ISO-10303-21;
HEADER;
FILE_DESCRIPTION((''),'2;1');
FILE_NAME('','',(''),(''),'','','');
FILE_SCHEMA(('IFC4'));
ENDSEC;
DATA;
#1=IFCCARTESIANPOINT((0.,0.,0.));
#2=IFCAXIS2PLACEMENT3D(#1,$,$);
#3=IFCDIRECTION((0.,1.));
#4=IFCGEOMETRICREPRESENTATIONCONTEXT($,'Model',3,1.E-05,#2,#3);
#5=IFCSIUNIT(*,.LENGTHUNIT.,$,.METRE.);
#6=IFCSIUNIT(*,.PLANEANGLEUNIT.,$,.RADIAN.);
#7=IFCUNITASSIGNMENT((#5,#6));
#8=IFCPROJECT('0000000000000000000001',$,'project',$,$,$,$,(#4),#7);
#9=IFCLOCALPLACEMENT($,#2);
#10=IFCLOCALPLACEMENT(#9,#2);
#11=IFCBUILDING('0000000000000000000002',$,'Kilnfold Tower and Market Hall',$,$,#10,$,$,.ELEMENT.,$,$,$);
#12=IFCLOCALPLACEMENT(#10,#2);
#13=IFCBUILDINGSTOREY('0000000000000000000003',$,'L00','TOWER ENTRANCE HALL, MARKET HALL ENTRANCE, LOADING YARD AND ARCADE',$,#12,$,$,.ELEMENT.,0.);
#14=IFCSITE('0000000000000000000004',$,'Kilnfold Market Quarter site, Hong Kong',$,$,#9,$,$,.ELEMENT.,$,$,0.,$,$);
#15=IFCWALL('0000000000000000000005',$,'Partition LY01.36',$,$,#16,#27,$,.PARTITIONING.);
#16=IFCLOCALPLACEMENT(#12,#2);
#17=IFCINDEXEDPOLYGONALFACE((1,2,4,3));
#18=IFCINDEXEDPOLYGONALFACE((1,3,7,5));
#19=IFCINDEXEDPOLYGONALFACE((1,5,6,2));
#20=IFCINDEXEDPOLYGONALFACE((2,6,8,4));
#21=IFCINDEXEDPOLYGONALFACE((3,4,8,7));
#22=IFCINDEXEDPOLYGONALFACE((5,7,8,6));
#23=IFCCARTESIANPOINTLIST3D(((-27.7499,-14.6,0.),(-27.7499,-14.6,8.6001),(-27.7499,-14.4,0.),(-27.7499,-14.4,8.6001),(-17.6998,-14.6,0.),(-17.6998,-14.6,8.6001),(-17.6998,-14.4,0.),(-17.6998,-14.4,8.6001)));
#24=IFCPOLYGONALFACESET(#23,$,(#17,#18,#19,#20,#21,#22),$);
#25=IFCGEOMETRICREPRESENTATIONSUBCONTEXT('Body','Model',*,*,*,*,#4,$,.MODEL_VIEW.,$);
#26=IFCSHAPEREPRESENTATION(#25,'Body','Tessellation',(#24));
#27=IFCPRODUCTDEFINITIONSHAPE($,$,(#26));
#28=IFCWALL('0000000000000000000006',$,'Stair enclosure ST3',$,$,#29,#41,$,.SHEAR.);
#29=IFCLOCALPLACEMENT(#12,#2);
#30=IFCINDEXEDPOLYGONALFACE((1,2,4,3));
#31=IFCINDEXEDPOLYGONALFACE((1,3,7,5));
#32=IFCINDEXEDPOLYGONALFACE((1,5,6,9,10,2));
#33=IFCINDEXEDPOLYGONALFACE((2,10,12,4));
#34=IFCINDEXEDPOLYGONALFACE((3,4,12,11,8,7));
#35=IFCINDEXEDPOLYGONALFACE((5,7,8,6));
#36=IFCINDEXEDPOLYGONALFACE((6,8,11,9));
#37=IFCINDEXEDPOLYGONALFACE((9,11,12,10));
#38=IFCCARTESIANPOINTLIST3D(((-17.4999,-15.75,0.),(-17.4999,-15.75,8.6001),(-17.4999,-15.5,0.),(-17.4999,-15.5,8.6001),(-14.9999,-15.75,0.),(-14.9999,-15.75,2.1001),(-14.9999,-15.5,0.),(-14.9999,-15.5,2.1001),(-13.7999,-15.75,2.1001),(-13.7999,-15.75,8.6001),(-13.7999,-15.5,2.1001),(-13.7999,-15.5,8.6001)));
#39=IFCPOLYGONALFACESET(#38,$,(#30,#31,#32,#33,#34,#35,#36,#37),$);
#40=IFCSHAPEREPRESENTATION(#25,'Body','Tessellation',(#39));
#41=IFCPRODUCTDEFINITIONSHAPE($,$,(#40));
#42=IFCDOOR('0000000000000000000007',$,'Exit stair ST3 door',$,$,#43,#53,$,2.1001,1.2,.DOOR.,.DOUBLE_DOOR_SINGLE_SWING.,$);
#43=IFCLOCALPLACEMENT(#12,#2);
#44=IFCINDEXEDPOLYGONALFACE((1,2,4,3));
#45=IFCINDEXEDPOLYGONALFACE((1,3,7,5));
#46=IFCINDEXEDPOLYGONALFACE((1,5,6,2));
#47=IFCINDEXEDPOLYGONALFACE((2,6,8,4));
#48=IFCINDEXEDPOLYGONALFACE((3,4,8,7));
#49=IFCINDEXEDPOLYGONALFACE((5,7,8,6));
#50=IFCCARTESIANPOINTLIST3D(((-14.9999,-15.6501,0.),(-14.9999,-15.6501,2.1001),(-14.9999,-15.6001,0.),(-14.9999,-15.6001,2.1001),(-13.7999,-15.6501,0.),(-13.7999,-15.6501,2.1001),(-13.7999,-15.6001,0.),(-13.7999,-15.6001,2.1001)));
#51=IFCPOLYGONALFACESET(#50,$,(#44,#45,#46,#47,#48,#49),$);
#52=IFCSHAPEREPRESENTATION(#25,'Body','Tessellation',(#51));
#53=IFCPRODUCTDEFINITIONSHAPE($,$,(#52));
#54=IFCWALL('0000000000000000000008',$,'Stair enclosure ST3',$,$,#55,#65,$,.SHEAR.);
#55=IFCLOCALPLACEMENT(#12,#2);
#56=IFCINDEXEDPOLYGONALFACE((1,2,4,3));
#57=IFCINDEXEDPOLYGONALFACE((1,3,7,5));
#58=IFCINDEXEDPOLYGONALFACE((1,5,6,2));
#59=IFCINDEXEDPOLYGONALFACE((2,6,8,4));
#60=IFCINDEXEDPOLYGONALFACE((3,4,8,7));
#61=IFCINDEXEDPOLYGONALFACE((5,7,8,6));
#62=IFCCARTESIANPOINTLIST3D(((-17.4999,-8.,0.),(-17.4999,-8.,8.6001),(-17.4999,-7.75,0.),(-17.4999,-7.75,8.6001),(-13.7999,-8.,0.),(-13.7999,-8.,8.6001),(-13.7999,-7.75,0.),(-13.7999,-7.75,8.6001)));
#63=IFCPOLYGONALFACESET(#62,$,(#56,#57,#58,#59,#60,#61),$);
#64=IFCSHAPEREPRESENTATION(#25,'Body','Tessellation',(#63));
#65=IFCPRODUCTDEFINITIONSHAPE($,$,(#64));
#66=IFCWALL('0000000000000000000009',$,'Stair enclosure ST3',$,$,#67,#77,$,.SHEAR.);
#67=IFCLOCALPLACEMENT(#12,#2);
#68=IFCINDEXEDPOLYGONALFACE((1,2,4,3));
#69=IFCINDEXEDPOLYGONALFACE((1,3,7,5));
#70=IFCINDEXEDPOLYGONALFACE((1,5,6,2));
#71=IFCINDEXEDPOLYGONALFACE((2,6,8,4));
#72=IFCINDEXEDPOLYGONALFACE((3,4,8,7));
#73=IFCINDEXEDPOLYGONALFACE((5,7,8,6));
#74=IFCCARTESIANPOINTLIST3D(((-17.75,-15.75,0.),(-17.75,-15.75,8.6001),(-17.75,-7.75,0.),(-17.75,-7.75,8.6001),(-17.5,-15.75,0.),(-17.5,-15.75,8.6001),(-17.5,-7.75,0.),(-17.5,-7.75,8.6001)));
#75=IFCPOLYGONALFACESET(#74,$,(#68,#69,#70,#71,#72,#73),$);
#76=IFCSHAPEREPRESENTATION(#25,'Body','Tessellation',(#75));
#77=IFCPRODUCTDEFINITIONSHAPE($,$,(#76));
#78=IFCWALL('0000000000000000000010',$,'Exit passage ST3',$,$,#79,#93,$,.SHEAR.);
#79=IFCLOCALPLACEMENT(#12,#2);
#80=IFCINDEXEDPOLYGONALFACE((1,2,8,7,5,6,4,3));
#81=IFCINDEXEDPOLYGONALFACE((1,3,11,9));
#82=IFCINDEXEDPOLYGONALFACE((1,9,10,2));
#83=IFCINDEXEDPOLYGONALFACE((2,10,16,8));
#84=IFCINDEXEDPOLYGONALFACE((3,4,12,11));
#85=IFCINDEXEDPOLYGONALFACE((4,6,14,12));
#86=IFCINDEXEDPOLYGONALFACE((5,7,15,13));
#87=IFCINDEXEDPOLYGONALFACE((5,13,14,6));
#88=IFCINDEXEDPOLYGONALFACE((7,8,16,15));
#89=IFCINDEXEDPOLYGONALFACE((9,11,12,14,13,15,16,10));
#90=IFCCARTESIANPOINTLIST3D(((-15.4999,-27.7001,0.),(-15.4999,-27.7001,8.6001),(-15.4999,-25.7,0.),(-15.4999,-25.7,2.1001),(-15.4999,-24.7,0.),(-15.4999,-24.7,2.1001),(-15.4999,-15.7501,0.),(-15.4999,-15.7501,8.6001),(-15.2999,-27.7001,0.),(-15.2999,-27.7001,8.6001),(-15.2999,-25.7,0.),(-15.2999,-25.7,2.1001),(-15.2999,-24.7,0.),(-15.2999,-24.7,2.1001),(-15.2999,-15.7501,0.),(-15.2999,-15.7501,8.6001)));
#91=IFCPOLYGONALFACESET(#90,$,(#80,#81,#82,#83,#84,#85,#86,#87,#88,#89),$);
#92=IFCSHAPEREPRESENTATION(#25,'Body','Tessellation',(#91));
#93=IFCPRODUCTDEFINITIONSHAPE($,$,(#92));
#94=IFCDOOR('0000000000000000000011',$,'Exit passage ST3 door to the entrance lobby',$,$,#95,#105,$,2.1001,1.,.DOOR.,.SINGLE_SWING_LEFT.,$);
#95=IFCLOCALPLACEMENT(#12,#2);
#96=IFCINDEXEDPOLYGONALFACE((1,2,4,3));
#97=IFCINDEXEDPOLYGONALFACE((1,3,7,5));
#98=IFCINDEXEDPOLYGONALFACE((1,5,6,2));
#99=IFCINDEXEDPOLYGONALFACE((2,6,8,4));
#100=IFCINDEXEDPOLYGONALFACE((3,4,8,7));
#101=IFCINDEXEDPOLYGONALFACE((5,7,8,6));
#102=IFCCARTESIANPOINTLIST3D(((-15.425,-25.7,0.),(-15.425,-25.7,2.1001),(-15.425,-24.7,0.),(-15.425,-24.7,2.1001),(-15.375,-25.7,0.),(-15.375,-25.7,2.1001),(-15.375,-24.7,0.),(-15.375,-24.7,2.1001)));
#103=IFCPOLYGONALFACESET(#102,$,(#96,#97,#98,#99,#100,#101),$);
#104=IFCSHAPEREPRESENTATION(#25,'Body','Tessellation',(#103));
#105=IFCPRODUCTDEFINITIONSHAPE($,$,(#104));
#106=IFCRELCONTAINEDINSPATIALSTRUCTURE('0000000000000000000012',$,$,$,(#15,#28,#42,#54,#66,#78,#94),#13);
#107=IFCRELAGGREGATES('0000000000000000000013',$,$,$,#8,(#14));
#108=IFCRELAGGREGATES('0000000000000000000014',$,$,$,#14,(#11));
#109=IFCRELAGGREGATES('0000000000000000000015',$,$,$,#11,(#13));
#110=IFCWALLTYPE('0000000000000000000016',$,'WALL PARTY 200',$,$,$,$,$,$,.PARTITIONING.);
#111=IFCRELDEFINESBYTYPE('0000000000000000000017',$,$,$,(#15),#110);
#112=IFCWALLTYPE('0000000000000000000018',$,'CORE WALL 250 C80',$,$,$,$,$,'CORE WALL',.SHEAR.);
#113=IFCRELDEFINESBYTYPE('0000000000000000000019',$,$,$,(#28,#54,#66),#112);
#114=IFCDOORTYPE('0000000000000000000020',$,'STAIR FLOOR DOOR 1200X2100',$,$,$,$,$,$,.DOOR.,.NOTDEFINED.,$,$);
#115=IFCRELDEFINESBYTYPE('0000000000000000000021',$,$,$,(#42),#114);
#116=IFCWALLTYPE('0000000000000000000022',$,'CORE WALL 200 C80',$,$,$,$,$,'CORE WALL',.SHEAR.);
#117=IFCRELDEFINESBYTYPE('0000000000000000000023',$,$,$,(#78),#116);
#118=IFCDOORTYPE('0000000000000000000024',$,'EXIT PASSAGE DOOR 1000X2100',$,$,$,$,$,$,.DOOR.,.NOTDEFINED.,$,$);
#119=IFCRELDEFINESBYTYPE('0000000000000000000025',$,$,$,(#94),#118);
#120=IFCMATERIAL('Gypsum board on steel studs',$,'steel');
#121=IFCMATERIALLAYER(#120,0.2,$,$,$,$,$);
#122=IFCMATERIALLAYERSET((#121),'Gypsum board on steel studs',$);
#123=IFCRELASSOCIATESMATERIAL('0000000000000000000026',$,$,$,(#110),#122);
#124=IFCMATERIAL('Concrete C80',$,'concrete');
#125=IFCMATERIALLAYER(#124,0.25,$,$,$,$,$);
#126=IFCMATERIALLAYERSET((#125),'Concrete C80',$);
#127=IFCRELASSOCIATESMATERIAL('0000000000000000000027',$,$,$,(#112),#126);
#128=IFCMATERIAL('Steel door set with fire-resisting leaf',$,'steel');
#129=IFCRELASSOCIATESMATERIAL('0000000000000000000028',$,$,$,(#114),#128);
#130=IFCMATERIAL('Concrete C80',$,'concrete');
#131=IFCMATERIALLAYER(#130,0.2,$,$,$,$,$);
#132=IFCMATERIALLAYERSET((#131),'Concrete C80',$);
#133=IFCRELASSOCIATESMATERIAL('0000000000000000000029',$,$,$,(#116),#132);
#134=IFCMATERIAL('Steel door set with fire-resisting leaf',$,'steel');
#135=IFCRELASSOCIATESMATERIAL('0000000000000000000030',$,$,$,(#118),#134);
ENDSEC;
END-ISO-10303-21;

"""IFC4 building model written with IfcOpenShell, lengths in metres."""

from ifc_helpers import new_model, si_unit, direction, frame, frame_2d, origin, place, context, subcontext, project, spatial, rectangle, extrude, source, transform, mapped, material, layer, layer_set, type_object, element, fill, save


model = new_model("IFC4")

# Units and contexts
model_context = context("Model", 3, precision=1e-05, world=origin(), true_north=direction((0.0, 1.0)))
body_context = subcontext(model_context, "Body", "Model", "MODEL_VIEW")
ifc_project = project(units=[si_unit("LENGTHUNIT", "METRE"), si_unit("PLANEANGLEUNIT", "RADIAN")], contexts=[model_context])

# Site, building, storey
site_placement = place(None, origin())
site = spatial("IfcSite", under=ifc_project, at=site_placement, Name="Kilnfold Market Quarter site, Hong Kong", CompositionType="ELEMENT", RefElevation=0.0)
building_placement = place(site_placement, origin())
building = spatial("IfcBuilding", under=site, at=building_placement, Name="Kilnfold Tower and Market Hall", CompositionType="ELEMENT")
storey_placement = place(building_placement, origin())
storey = spatial("IfcBuildingStorey", under=building, at=storey_placement, Name="L00", Description="TOWER ENTRANCE HALL, MARKET HALL ENTRANCE, LOADING YARD AND ARCADE", CompositionType="ELEMENT", Elevation=0.0)

# Wall
ifc_material_1 = material(Name="Gypsum board on steel studs", Category="steel")
ifc_layer_1 = layer(ifc_material_1, 0.2)
ifc_layer_set_1 = layer_set([ifc_layer_1], Name="Gypsum board on steel studs")
wall_type_1 = type_object("IfcWallType", Name="WALL PARTY 200", PredefinedType="PARTITIONING", material=ifc_layer_set_1)
wall_1_placement = place(storey_placement, frame((-17.7, -14.5, 0.0), z_axis=(0.0, 0.0, 1.0), x_axis=(-1.0, 0.0, 0.0)))
element("IfcWall", 1, at=wall_1_placement, inside=storey, type_object=wall_type_1, Name="Partition LY01.36", PredefinedType="PARTITIONING", context=body_context, shape_type="SweptSolid", body=[
    extrude(rectangle(XDim=10.05, YDim=0.2, at=frame_2d((5.0249, 0.0))), origin(), (0.0, 0.0, 1.0), 8.6001),
])

# Wall, opening, door
ifc_material_2 = material(Name="Concrete C80", Category="concrete")
ifc_layer_2 = layer(ifc_material_2, 0.25)
ifc_layer_set_2 = layer_set([ifc_layer_2], Name="Concrete C80")
wall_type_2 = type_object("IfcWallType", Name="CORE WALL 250 C80", ElementType="CORE WALL", PredefinedType="SHEAR", material=ifc_layer_set_2)
shared_shape_1 = source(origin(), body_context, "Body", "SweptSolid", [
    extrude(rectangle(XDim=3.7, YDim=0.25, at=frame_2d((1.8501, 0.0))), origin(), (0.0, 0.0, 1.0), 8.6001),
])
wall_2_placement = place(storey_placement, frame((-17.5, -15.625, 0.0), z_axis=(0.0, 0.0, 1.0), x_axis=(1.0, 0.0, 0.0)))
wall_2 = element("IfcWall", 2, at=wall_2_placement, inside=storey, type_object=wall_type_2, Name="Stair enclosure ST3", PredefinedType="SHEAR", context=body_context, shape_type="MappedRepresentation", body=[
    mapped(shared_shape_1, transform((0.0, 0.0, 0.0))),
])
opening_1_placement = place(wall_2_placement, frame((2.5, 0.0, 0.0)))
opening_1 = element("IfcOpeningElement", 3, at=opening_1_placement, cuts=wall_2, PredefinedType="OPENING", context=body_context, shape_type="SweptSolid", body=[
    extrude(rectangle(XDim=1.2, YDim=2.1001, at=frame_2d((0.6001, 1.05))), frame((0.0, 0.135, 0.0), z_axis=(0.0, -1.0, 0.0), x_axis=(1.0, 0.0, 0.0)), (0.0, 0.0, 1.0), 0.27),
])
ifc_material_3 = material(Name="Steel door set with fire-resisting leaf", Category="steel")
door_type_1 = type_object("IfcDoorType", Name="STAIR FLOOR DOOR 1200X2100", OperationType="NOTDEFINED", PredefinedType="DOOR", material=ifc_material_3)
door_1_placement = place(opening_1_placement, origin())
door_1 = element("IfcDoor", 4, at=door_1_placement, inside=storey, type_object=door_type_1, Name="Exit stair ST3 door", OperationType="DOUBLE_DOOR_SINGLE_SWING", OverallHeight=2.1001, OverallWidth=1.2, PredefinedType="DOOR", context=body_context, shape_type="SweptSolid", body=[
    extrude(rectangle(XDim=1.2, YDim=2.1001, at=frame_2d((0.6001, 1.05))), frame((0.0, 0.0249, 0.0), z_axis=(0.0, -1.0, 0.0), x_axis=(1.0, 0.0, 0.0)), (0.0, 0.0, 1.0), 0.05),
])
fill(opening_1, door_1)

# Walls
wall_3_placement = place(storey_placement, frame((-17.5, -7.875, 0.0), z_axis=(0.0, 0.0, 1.0), x_axis=(1.0, 0.0, 0.0)))
element("IfcWall", 5, at=wall_3_placement, inside=storey, type_object=wall_type_2, Name="Stair enclosure ST3", PredefinedType="SHEAR", context=body_context, shape_type="MappedRepresentation", body=[
    mapped(shared_shape_1, transform((0.0, 0.0, 0.0))),
])
shared_shape_2 = source(origin(), body_context, "Body", "SweptSolid", [
    extrude(rectangle(XDim=8.0, YDim=0.25, at=frame_2d((4.0, 0.0))), origin(), (0.0, 0.0, 1.0), 8.6001),
])
wall_4_placement = place(storey_placement, frame((-17.625, -15.75, 0.0), z_axis=(0.0, 0.0, 1.0), x_axis=(0.0, 1.0, 0.0)))
element("IfcWall", 6, at=wall_4_placement, inside=storey, type_object=wall_type_2, Name="Stair enclosure ST3", PredefinedType="SHEAR", context=body_context, shape_type="MappedRepresentation", body=[
    mapped(shared_shape_2, transform((0.0, 0.0, 0.0))),
])

# Wall, opening, door
ifc_material_4 = material(Name="Concrete C80", Category="concrete")
ifc_layer_3 = layer(ifc_material_4, 0.2)
ifc_layer_set_3 = layer_set([ifc_layer_3], Name="Concrete C80")
wall_type_3 = type_object("IfcWallType", Name="CORE WALL 200 C80", ElementType="CORE WALL", PredefinedType="SHEAR", material=ifc_layer_set_3)
shared_shape_3 = source(origin(), body_context, "Body", "SweptSolid", [
    extrude(rectangle(XDim=11.95, YDim=0.2, at=frame_2d((5.9751, 0.0))), origin(), (0.0, 0.0, 1.0), 8.6001),
])
wall_5_placement = place(storey_placement, frame((-15.3999, -15.75, 0.0), z_axis=(0.0, 0.0, 1.0), x_axis=(0.0, -1.0, 0.0)))
wall_5 = element("IfcWall", 7, at=wall_5_placement, inside=storey, type_object=wall_type_3, Name="Exit passage ST3", PredefinedType="SHEAR", context=body_context, shape_type="MappedRepresentation", body=[
    mapped(shared_shape_3, transform((0.0, 0.0, 0.0))),
])
opening_2_placement = place(wall_5_placement, frame((8.95, 0.0, 0.0)))
opening_2 = element("IfcOpeningElement", 8, at=opening_2_placement, cuts=wall_5, PredefinedType="OPENING", context=body_context, shape_type="SweptSolid", body=[
    extrude(rectangle(XDim=1.0, YDim=2.1001, at=frame_2d((0.5, 1.05))), frame((0.0, 0.1099, 0.0), z_axis=(0.0, -1.0, 0.0), x_axis=(1.0, 0.0, 0.0)), (0.0, 0.0, 1.0), 0.22),
])
ifc_material_5 = material(Name="Steel door set with fire-resisting leaf", Category="steel")
door_type_2 = type_object("IfcDoorType", Name="EXIT PASSAGE DOOR 1000X2100", OperationType="NOTDEFINED", PredefinedType="DOOR", material=ifc_material_5)
door_2_placement = place(opening_2_placement, origin())
door_2 = element("IfcDoor", 9, at=door_2_placement, inside=storey, type_object=door_type_2, Name="Exit passage ST3 door to the entrance lobby", OperationType="SINGLE_SWING_LEFT", OverallHeight=2.1001, OverallWidth=1.0, PredefinedType="DOOR", context=body_context, shape_type="SweptSolid", body=[
    extrude(rectangle(XDim=1.0, YDim=2.1001, at=frame_2d((0.5, 1.05))), frame((0.0, 0.0249, 0.0), z_axis=(0.0, -1.0, 0.0), x_axis=(1.0, 0.0, 0.0)), (0.0, 0.0, 1.0), 0.05),
])
fill(opening_2, door_2)

save(model, "model.ifc")
